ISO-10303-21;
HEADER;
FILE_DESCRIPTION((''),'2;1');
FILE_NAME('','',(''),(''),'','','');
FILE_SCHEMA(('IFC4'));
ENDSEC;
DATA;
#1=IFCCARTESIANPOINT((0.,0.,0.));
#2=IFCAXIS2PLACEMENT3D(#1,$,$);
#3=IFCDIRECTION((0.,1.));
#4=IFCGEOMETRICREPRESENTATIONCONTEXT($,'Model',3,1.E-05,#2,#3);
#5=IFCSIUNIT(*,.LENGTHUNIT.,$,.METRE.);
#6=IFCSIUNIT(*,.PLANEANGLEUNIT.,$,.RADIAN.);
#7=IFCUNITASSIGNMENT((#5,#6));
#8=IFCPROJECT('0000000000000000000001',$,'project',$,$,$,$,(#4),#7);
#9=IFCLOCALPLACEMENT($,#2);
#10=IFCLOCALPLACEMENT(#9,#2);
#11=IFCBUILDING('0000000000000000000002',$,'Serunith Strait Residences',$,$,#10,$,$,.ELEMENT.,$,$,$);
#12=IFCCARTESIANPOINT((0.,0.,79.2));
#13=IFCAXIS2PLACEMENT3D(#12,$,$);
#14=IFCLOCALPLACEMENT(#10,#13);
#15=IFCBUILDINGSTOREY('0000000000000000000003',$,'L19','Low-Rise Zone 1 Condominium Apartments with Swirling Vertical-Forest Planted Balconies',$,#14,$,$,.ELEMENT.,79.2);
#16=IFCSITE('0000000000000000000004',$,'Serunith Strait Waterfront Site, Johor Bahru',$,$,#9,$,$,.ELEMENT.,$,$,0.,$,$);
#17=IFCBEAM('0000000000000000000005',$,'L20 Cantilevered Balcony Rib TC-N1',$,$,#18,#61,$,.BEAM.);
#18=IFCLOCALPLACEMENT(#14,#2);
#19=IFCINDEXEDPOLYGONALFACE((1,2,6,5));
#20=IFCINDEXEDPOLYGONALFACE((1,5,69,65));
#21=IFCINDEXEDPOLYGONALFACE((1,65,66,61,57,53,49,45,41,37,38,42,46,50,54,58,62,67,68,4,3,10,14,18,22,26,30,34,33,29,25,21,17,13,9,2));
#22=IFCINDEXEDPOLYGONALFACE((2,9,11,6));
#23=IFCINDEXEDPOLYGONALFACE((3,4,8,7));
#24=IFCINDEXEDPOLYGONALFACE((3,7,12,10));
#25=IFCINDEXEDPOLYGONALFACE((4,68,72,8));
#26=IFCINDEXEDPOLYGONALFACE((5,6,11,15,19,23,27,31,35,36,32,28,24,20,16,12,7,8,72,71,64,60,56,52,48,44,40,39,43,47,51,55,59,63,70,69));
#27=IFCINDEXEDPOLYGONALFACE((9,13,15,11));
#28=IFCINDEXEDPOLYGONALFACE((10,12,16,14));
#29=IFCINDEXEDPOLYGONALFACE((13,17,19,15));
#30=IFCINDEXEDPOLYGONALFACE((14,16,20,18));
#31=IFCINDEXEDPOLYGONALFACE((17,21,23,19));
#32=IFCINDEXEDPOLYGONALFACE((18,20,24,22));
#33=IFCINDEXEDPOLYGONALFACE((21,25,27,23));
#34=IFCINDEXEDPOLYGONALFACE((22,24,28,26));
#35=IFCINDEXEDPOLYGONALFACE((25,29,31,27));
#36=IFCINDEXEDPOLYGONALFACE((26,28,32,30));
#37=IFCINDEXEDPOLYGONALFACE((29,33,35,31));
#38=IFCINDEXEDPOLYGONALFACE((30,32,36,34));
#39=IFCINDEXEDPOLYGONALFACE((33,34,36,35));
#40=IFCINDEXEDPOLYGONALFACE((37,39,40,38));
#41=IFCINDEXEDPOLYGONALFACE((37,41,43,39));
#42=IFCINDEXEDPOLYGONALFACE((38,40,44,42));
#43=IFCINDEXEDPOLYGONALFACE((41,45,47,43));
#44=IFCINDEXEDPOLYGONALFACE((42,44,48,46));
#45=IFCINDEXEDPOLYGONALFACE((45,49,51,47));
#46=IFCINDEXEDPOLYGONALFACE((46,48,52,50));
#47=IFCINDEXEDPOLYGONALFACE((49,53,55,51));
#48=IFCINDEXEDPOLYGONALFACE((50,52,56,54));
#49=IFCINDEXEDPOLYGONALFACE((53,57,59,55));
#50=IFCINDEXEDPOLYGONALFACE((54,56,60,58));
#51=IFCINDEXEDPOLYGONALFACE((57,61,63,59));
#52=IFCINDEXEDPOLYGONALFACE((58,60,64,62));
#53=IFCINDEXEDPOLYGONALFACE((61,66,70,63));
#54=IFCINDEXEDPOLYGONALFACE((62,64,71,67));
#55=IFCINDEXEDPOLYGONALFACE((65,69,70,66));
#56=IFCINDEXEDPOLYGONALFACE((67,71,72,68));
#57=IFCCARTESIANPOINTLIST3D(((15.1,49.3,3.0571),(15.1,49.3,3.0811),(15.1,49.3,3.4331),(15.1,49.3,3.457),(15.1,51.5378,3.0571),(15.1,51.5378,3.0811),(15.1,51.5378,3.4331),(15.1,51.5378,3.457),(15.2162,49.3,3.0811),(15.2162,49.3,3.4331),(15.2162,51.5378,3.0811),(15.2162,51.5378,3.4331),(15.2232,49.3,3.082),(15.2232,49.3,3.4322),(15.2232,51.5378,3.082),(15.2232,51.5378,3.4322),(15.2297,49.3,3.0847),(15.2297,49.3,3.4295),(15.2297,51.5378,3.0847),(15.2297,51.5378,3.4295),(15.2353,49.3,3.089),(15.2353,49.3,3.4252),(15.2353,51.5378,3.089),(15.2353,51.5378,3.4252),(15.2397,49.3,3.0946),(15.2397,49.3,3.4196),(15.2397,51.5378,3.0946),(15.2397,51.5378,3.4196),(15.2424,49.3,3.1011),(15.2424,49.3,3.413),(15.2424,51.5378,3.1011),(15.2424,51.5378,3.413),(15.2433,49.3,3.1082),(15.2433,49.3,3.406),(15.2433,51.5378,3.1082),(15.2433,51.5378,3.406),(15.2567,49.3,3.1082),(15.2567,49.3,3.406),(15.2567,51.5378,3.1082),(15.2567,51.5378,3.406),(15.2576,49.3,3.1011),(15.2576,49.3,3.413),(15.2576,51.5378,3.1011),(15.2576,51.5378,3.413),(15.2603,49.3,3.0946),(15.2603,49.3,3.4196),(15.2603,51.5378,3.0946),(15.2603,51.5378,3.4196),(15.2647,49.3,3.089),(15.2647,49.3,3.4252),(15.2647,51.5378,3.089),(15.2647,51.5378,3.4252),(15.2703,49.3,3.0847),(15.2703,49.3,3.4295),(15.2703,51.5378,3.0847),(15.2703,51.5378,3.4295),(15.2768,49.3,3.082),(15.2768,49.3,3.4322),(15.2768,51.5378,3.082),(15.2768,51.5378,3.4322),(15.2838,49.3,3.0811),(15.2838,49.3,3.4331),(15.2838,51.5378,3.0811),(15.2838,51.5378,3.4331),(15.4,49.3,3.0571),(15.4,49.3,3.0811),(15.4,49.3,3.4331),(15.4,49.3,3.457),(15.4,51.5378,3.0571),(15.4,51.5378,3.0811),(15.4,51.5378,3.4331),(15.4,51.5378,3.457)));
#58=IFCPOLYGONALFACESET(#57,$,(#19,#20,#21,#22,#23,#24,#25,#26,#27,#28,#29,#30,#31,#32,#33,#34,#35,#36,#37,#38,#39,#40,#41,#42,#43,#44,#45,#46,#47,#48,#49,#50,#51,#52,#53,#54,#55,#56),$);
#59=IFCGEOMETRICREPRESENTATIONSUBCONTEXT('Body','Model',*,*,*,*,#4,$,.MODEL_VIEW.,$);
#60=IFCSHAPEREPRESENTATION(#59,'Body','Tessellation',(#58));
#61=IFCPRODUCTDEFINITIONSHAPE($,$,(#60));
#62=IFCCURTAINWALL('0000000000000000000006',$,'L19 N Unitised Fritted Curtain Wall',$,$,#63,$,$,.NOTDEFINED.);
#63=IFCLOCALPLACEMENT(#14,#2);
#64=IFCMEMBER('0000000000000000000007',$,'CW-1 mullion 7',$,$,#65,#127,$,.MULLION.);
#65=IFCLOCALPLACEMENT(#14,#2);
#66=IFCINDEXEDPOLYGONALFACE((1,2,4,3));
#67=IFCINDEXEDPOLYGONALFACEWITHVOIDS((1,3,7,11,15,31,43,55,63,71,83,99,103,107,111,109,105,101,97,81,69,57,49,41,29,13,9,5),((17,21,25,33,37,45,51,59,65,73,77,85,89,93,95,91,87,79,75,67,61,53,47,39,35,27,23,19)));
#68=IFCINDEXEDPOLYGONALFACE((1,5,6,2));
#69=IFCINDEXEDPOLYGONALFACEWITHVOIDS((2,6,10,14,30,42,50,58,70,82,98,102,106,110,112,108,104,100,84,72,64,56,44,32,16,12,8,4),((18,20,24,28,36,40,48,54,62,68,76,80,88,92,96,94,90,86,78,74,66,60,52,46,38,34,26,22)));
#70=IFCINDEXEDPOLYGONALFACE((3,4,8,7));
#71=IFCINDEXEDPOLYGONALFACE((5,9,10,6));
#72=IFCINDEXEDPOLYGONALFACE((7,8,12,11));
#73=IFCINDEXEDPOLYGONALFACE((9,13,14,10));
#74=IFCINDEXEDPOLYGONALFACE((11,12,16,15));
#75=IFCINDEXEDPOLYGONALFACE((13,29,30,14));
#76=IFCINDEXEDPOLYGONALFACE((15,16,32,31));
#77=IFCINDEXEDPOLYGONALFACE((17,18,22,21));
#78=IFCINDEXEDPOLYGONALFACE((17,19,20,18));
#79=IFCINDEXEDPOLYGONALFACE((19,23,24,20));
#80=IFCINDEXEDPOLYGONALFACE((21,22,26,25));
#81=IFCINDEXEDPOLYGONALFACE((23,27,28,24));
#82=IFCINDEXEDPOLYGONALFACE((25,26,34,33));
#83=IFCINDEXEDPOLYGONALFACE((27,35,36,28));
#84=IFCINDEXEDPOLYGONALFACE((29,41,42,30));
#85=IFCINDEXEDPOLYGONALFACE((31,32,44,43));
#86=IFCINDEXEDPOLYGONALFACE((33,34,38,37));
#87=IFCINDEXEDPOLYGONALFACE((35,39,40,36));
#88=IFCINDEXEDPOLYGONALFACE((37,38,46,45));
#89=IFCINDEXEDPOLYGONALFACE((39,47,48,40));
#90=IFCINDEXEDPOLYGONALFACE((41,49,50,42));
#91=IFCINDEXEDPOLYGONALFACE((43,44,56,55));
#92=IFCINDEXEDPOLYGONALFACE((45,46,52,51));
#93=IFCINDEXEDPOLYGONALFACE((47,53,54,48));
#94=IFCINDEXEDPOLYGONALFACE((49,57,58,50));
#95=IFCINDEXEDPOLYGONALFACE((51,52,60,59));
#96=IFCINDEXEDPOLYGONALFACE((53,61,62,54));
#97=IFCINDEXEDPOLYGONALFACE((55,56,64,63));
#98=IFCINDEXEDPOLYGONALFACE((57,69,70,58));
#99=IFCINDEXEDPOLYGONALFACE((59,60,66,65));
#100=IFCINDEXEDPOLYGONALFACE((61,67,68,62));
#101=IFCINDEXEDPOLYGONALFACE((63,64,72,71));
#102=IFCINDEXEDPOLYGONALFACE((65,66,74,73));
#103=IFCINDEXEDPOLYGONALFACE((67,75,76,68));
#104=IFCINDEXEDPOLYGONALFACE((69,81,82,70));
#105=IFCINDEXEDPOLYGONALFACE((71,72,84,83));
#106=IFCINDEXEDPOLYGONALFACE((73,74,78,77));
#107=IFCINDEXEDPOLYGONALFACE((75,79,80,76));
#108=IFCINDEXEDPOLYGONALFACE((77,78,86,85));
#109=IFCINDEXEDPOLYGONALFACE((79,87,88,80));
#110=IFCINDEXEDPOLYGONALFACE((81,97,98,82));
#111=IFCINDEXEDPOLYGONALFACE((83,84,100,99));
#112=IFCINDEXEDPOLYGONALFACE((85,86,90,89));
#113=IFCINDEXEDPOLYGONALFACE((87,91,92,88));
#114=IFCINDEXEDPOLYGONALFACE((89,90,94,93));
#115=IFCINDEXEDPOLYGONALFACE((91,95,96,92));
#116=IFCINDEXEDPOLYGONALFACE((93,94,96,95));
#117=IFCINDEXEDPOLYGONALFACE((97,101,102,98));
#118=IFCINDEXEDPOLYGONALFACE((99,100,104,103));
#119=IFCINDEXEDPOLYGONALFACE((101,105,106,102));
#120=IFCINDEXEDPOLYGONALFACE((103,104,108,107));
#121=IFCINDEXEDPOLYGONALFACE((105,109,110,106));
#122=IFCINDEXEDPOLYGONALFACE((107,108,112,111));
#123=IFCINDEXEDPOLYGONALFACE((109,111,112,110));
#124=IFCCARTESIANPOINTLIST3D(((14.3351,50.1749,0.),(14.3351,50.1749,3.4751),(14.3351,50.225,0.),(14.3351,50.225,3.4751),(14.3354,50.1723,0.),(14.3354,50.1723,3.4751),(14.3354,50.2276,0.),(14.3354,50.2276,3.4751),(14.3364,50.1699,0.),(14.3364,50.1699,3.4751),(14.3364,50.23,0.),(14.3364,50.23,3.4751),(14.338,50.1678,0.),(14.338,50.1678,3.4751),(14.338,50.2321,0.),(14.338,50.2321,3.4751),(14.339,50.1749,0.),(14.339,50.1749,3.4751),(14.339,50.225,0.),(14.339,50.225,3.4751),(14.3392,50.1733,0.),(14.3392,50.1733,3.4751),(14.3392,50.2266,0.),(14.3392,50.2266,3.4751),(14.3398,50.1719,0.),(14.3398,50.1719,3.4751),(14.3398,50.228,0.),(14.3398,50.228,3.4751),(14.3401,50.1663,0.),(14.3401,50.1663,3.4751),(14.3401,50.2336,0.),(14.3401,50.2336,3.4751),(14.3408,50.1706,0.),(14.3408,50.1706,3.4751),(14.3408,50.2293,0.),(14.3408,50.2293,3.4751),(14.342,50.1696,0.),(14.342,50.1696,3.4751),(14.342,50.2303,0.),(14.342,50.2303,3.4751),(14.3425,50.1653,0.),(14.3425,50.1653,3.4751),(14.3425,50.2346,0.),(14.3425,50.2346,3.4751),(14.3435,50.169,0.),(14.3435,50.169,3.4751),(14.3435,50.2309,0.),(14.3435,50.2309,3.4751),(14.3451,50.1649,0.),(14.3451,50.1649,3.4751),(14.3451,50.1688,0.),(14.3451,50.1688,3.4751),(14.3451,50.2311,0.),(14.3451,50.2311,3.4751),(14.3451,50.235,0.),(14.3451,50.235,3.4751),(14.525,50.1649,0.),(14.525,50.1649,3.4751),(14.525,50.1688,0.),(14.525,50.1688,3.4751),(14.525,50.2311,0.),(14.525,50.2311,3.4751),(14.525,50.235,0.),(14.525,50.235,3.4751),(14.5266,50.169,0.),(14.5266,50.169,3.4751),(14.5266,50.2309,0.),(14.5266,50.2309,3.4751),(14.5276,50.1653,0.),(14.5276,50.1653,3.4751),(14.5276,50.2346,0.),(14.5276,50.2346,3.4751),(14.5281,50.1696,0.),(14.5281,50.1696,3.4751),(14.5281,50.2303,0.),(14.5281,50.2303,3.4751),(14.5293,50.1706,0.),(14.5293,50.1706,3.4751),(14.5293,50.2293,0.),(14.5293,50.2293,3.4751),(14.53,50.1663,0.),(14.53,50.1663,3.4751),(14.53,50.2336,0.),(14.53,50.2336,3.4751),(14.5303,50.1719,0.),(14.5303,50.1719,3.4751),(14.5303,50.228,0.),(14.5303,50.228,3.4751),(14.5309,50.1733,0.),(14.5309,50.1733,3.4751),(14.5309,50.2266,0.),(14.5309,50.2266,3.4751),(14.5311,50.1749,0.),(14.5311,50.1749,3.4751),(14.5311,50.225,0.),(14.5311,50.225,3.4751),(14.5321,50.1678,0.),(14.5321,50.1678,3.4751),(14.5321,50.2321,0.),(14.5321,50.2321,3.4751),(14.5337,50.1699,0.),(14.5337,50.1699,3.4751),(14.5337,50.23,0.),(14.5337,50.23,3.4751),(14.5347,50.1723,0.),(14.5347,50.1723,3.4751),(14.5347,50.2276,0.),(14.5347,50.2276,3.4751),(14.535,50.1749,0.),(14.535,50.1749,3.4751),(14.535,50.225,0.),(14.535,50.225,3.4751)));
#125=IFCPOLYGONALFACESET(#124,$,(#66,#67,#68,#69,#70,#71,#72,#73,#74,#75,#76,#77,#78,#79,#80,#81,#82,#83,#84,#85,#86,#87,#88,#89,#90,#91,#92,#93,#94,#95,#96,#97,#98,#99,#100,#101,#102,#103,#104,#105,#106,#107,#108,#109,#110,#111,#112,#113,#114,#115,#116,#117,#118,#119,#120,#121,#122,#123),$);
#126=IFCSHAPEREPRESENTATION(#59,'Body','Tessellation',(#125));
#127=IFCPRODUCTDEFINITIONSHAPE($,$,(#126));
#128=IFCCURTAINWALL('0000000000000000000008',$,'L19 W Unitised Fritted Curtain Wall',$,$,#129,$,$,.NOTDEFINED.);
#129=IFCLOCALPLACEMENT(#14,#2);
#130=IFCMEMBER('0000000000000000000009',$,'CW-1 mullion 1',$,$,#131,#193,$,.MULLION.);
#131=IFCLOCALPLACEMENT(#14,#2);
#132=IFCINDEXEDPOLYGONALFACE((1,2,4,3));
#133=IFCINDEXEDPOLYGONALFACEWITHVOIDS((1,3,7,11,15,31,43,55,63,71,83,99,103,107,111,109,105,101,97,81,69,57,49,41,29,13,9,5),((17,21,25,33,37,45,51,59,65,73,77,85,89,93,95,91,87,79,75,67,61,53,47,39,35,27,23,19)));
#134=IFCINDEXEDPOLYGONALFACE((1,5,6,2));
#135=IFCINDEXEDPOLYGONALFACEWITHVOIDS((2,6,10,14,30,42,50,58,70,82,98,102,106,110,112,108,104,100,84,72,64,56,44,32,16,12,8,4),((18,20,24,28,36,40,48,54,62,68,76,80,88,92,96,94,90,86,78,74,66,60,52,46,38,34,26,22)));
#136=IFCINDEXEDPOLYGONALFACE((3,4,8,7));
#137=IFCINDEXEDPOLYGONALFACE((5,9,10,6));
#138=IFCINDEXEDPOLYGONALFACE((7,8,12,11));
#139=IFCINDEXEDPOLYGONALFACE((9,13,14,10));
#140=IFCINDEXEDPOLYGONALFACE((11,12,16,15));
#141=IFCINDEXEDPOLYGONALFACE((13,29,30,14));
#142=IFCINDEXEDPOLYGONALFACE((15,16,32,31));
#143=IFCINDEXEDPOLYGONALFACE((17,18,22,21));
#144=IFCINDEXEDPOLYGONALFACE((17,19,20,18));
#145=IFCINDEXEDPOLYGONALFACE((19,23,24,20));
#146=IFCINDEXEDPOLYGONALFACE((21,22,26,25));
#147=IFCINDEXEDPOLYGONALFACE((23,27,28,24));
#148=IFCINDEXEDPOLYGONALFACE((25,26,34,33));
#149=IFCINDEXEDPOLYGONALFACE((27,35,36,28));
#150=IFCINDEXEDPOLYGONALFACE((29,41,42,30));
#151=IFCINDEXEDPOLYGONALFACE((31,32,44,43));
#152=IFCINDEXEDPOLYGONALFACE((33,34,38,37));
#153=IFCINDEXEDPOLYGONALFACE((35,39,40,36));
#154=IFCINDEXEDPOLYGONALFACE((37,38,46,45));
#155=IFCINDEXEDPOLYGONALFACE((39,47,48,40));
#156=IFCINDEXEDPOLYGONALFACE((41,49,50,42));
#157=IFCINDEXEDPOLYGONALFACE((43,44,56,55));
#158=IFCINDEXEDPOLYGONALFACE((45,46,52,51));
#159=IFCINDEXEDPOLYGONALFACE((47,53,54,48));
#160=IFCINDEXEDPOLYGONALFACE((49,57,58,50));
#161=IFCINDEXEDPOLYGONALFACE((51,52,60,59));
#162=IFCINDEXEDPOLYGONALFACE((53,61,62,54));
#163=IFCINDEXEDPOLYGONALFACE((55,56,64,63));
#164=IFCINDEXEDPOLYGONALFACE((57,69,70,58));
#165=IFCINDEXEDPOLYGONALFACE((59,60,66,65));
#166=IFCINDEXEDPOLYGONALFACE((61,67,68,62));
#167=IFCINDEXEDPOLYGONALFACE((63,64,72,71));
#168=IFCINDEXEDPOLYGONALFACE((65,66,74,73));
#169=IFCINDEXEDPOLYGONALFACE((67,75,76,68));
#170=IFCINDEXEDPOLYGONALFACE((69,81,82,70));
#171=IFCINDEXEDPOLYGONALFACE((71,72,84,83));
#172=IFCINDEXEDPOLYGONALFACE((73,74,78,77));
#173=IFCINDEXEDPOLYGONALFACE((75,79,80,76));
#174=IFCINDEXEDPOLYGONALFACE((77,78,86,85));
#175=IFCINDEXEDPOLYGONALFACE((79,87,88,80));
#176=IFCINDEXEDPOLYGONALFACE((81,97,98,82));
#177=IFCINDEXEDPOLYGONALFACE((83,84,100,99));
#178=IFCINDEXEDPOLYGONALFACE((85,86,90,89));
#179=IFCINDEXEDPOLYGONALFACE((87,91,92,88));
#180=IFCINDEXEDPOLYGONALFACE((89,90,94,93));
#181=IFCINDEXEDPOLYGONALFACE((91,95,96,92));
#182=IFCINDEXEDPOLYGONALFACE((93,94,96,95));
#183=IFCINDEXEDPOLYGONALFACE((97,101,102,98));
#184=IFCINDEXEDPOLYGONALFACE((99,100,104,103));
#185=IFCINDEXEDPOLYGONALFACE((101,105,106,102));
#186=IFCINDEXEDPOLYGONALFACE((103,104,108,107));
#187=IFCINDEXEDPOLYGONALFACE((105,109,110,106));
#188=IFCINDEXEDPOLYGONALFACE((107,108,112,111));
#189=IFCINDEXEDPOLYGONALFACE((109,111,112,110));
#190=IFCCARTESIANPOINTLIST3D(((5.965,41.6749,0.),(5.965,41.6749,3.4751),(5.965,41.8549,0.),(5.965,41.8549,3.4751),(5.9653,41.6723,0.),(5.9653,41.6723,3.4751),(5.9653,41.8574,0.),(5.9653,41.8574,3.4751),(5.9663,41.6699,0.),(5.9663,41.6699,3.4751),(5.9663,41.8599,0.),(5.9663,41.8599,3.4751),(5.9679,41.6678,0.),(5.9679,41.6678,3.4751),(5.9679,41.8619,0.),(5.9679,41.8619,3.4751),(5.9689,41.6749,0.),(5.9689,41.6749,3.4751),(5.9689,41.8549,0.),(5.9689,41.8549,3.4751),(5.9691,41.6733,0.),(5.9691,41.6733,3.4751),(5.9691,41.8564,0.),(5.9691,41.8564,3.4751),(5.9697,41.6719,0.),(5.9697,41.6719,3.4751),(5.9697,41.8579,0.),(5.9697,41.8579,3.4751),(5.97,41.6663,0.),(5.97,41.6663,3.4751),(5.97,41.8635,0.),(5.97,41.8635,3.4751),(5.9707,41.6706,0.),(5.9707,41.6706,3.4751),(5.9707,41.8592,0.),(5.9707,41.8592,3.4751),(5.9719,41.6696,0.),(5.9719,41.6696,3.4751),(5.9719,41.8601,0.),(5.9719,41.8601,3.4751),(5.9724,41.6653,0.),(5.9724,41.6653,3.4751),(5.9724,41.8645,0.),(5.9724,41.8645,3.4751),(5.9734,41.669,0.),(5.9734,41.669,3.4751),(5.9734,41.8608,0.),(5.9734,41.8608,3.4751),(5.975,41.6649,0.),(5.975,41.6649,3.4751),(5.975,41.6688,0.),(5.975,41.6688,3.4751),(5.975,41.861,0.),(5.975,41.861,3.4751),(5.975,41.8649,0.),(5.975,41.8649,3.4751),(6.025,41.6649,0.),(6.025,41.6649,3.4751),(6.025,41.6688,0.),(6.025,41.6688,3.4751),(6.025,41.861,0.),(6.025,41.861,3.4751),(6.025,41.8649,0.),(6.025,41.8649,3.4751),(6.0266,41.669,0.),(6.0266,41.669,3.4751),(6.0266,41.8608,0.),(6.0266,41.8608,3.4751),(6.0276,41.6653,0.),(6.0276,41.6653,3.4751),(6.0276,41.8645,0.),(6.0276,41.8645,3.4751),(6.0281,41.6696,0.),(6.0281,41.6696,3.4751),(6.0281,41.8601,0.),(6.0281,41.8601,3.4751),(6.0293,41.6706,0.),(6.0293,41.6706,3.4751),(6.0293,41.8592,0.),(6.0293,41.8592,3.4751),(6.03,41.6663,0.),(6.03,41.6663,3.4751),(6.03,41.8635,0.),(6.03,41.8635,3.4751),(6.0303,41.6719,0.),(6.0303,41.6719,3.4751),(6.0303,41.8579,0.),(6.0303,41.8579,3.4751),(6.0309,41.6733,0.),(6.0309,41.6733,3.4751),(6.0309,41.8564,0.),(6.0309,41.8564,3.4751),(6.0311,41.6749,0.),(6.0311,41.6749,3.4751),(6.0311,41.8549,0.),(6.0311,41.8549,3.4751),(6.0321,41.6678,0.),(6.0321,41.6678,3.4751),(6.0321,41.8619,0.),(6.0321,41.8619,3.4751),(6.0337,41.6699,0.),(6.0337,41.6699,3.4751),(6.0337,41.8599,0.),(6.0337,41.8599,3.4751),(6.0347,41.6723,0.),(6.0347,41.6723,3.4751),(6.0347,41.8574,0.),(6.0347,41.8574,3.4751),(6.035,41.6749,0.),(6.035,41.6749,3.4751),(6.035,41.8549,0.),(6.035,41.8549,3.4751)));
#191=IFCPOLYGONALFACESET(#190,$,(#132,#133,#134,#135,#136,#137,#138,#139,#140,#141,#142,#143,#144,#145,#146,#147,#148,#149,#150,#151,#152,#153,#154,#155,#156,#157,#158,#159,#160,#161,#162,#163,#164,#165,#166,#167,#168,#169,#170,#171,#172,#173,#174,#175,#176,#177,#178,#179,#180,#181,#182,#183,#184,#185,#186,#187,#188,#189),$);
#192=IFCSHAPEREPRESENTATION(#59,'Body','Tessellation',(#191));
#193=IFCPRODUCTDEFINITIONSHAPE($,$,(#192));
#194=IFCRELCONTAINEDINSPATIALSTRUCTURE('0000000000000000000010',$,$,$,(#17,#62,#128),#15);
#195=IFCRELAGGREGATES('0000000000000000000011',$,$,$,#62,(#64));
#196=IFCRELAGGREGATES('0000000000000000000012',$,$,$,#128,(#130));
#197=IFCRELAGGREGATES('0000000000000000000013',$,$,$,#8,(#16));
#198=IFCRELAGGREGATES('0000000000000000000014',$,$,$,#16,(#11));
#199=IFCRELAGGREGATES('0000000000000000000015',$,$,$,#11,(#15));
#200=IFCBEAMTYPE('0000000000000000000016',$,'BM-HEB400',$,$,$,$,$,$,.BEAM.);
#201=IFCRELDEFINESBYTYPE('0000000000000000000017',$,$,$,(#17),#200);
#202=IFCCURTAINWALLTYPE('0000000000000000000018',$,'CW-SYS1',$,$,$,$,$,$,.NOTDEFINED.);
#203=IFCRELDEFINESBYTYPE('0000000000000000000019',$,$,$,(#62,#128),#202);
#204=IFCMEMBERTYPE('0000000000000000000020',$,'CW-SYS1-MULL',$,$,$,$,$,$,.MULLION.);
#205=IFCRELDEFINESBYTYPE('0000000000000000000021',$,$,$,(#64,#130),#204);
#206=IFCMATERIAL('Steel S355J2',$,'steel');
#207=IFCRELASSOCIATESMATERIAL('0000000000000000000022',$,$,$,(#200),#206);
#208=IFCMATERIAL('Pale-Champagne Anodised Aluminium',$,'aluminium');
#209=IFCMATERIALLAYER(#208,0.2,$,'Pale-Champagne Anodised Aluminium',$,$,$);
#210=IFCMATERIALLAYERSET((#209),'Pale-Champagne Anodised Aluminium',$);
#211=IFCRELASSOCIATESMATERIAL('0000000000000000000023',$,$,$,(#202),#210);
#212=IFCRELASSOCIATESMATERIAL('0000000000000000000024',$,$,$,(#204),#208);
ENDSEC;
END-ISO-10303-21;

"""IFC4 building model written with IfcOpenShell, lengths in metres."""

from ifc_helpers import new_model, si_unit, direction, frame, origin, origin_2d, place, context, subcontext, project, spatial, hollow_rectangle, i_section, extrude, source, transform, mapped, material, layer, layer_set, material_profile, profile_set, type_object, element, aggregate, save


model = new_model("IFC4")

# Units and contexts
model_context = context("Model", 3, precision=1e-05, world=origin(), true_north=direction((0.0, 1.0)))
body_context = subcontext(model_context, "Body", "Model", "MODEL_VIEW")
ifc_project = project(units=[si_unit("LENGTHUNIT", "METRE"), si_unit("PLANEANGLEUNIT", "RADIAN")], contexts=[model_context])

# Site, building, storey
site_placement = place(None, origin())
site = spatial("IfcSite", under=ifc_project, at=site_placement, Name="Serunith Strait Waterfront Site, Johor Bahru", CompositionType="ELEMENT", RefElevation=0.0)
building_placement = place(site_placement, origin())
building = spatial("IfcBuilding", under=site, at=building_placement, Name="Serunith Strait Residences", CompositionType="ELEMENT")
storey_placement = place(building_placement, frame((0.0, 0.0, 79.2)))
storey = spatial("IfcBuildingStorey", under=building, at=storey_placement, Name="L19", Description="Low-Rise Zone 1 Condominium Apartments with Swirling Vertical-Forest Planted Balconies", CompositionType="ELEMENT", Elevation=79.2)

# Beam
ifc_material_1 = material(Name="Steel S355J2", Category="steel")
ifc_material_profile_1 = material_profile(ifc_material_1, i_section(OverallWidth=0.3, OverallDepth=0.3999, WebThickness=0.0134, FlangeThickness=0.0239, FilletRadius=0.0271, at=origin_2d()), Name="HEB 400")
ifc_profile_set_1 = profile_set([ifc_material_profile_1], Name="Steel S355J2")
beam_type_1 = type_object("IfcBeamType", Name="BM-HEB400", PredefinedType="BEAM", material=ifc_profile_set_1)
shared_shape_1 = source(origin(), body_context, "Body", "SweptSolid", [
    extrude(i_section(OverallWidth=0.3, OverallDepth=0.3999, WebThickness=0.0134, FlangeThickness=0.0239, FilletRadius=0.0271, at=origin_2d()), origin(), (0.0, 0.0, 1.0), 2.2378),
])
beam_1_placement = place(storey_placement, frame((15.25, 49.3, 3.2571), z_axis=(0.0, 1.0, 0.0), x_axis=(-1.0, 0.0, 0.0)))
element("IfcBeam", 1, at=beam_1_placement, inside=storey, type_object=beam_type_1, Name="L20 Cantilevered Balcony Rib TC-N1", PredefinedType="BEAM", context=body_context, shape_type="MappedRepresentation", body=[
    mapped(shared_shape_1, transform((0.0, 0.0, 0.0), scale=1.0)),
])

# Curtain wall, member
ifc_material_2 = material(Name="Pale-Champagne Anodised Aluminium", Category="aluminium")
ifc_layer_1 = layer(ifc_material_2, 0.2, Name="Pale-Champagne Anodised Aluminium")
ifc_layer_set_1 = layer_set([ifc_layer_1], Name="Pale-Champagne Anodised Aluminium")
curtain_wall_type = type_object("IfcCurtainWallType", Name="CW-SYS1", PredefinedType="NOTDEFINED", material=ifc_layer_set_1)
curtain_wall_1_placement = place(storey_placement, origin())
curtain_wall_1 = element("IfcCurtainWall", 2, at=curtain_wall_1_placement, inside=storey, type_object=curtain_wall_type, Name="L19 N Unitised Fritted Curtain Wall", PredefinedType="NOTDEFINED")
ifc_material_profile_2 = material_profile(ifc_material_2, hollow_rectangle(XDim=0.0701, YDim=0.2, WallThickness=0.0039, InnerFilletRadius=0.0061, OuterFilletRadius=0.01, at=origin_2d()), Name="ALU 200x70x4")
ifc_profile_set_2 = profile_set([ifc_material_profile_2], Name="Pale-Champagne Anodised Aluminium")
member_type_1 = type_object("IfcMemberType", Name="CW-SYS1-MULL", PredefinedType="MULLION", material=ifc_profile_set_2)
shared_shape_2 = source(origin(), body_context, "Body", "SweptSolid", [
    extrude(hollow_rectangle(XDim=0.0701, YDim=0.2, WallThickness=0.0039, InnerFilletRadius=0.0061, OuterFilletRadius=0.01, at=origin_2d()), origin(), (0.0, 0.0, 1.0), 3.4751),
])
member_1_placement = place(storey_placement, frame((14.4351, 50.2, 0.0), z_axis=(0.0, 0.0, 1.0), x_axis=(0.0, -1.0, 0.0)))
member_1 = element("IfcMember", 3, at=member_1_placement, type_object=member_type_1, Name="CW-1 mullion 7", PredefinedType="MULLION", context=body_context, shape_type="MappedRepresentation", body=[
    mapped(shared_shape_2, transform((0.0, 0.0, 0.0), scale=1.0)),
])

# Curtain wall, member
curtain_wall_2_placement = place(storey_placement, origin())
curtain_wall_2 = element("IfcCurtainWall", 4, at=curtain_wall_2_placement, inside=storey, type_object=curtain_wall_type, Name="L19 W Unitised Fritted Curtain Wall", PredefinedType="NOTDEFINED")
member_2_placement = place(storey_placement, frame((6.0, 41.7649, 0.0), z_axis=(0.0, 0.0, 1.0), x_axis=(1.0, 0.0, 0.0)))
member_2 = element("IfcMember", 5, at=member_2_placement, type_object=member_type_1, Name="CW-1 mullion 1", PredefinedType="MULLION", context=body_context, shape_type="MappedRepresentation", body=[
    mapped(shared_shape_2, transform((0.0, 0.0, 0.0), scale=1.0)),
])

aggregate(curtain_wall_1, [member_1])
aggregate(curtain_wall_2, [member_2])

save(model, "model.ifc")
